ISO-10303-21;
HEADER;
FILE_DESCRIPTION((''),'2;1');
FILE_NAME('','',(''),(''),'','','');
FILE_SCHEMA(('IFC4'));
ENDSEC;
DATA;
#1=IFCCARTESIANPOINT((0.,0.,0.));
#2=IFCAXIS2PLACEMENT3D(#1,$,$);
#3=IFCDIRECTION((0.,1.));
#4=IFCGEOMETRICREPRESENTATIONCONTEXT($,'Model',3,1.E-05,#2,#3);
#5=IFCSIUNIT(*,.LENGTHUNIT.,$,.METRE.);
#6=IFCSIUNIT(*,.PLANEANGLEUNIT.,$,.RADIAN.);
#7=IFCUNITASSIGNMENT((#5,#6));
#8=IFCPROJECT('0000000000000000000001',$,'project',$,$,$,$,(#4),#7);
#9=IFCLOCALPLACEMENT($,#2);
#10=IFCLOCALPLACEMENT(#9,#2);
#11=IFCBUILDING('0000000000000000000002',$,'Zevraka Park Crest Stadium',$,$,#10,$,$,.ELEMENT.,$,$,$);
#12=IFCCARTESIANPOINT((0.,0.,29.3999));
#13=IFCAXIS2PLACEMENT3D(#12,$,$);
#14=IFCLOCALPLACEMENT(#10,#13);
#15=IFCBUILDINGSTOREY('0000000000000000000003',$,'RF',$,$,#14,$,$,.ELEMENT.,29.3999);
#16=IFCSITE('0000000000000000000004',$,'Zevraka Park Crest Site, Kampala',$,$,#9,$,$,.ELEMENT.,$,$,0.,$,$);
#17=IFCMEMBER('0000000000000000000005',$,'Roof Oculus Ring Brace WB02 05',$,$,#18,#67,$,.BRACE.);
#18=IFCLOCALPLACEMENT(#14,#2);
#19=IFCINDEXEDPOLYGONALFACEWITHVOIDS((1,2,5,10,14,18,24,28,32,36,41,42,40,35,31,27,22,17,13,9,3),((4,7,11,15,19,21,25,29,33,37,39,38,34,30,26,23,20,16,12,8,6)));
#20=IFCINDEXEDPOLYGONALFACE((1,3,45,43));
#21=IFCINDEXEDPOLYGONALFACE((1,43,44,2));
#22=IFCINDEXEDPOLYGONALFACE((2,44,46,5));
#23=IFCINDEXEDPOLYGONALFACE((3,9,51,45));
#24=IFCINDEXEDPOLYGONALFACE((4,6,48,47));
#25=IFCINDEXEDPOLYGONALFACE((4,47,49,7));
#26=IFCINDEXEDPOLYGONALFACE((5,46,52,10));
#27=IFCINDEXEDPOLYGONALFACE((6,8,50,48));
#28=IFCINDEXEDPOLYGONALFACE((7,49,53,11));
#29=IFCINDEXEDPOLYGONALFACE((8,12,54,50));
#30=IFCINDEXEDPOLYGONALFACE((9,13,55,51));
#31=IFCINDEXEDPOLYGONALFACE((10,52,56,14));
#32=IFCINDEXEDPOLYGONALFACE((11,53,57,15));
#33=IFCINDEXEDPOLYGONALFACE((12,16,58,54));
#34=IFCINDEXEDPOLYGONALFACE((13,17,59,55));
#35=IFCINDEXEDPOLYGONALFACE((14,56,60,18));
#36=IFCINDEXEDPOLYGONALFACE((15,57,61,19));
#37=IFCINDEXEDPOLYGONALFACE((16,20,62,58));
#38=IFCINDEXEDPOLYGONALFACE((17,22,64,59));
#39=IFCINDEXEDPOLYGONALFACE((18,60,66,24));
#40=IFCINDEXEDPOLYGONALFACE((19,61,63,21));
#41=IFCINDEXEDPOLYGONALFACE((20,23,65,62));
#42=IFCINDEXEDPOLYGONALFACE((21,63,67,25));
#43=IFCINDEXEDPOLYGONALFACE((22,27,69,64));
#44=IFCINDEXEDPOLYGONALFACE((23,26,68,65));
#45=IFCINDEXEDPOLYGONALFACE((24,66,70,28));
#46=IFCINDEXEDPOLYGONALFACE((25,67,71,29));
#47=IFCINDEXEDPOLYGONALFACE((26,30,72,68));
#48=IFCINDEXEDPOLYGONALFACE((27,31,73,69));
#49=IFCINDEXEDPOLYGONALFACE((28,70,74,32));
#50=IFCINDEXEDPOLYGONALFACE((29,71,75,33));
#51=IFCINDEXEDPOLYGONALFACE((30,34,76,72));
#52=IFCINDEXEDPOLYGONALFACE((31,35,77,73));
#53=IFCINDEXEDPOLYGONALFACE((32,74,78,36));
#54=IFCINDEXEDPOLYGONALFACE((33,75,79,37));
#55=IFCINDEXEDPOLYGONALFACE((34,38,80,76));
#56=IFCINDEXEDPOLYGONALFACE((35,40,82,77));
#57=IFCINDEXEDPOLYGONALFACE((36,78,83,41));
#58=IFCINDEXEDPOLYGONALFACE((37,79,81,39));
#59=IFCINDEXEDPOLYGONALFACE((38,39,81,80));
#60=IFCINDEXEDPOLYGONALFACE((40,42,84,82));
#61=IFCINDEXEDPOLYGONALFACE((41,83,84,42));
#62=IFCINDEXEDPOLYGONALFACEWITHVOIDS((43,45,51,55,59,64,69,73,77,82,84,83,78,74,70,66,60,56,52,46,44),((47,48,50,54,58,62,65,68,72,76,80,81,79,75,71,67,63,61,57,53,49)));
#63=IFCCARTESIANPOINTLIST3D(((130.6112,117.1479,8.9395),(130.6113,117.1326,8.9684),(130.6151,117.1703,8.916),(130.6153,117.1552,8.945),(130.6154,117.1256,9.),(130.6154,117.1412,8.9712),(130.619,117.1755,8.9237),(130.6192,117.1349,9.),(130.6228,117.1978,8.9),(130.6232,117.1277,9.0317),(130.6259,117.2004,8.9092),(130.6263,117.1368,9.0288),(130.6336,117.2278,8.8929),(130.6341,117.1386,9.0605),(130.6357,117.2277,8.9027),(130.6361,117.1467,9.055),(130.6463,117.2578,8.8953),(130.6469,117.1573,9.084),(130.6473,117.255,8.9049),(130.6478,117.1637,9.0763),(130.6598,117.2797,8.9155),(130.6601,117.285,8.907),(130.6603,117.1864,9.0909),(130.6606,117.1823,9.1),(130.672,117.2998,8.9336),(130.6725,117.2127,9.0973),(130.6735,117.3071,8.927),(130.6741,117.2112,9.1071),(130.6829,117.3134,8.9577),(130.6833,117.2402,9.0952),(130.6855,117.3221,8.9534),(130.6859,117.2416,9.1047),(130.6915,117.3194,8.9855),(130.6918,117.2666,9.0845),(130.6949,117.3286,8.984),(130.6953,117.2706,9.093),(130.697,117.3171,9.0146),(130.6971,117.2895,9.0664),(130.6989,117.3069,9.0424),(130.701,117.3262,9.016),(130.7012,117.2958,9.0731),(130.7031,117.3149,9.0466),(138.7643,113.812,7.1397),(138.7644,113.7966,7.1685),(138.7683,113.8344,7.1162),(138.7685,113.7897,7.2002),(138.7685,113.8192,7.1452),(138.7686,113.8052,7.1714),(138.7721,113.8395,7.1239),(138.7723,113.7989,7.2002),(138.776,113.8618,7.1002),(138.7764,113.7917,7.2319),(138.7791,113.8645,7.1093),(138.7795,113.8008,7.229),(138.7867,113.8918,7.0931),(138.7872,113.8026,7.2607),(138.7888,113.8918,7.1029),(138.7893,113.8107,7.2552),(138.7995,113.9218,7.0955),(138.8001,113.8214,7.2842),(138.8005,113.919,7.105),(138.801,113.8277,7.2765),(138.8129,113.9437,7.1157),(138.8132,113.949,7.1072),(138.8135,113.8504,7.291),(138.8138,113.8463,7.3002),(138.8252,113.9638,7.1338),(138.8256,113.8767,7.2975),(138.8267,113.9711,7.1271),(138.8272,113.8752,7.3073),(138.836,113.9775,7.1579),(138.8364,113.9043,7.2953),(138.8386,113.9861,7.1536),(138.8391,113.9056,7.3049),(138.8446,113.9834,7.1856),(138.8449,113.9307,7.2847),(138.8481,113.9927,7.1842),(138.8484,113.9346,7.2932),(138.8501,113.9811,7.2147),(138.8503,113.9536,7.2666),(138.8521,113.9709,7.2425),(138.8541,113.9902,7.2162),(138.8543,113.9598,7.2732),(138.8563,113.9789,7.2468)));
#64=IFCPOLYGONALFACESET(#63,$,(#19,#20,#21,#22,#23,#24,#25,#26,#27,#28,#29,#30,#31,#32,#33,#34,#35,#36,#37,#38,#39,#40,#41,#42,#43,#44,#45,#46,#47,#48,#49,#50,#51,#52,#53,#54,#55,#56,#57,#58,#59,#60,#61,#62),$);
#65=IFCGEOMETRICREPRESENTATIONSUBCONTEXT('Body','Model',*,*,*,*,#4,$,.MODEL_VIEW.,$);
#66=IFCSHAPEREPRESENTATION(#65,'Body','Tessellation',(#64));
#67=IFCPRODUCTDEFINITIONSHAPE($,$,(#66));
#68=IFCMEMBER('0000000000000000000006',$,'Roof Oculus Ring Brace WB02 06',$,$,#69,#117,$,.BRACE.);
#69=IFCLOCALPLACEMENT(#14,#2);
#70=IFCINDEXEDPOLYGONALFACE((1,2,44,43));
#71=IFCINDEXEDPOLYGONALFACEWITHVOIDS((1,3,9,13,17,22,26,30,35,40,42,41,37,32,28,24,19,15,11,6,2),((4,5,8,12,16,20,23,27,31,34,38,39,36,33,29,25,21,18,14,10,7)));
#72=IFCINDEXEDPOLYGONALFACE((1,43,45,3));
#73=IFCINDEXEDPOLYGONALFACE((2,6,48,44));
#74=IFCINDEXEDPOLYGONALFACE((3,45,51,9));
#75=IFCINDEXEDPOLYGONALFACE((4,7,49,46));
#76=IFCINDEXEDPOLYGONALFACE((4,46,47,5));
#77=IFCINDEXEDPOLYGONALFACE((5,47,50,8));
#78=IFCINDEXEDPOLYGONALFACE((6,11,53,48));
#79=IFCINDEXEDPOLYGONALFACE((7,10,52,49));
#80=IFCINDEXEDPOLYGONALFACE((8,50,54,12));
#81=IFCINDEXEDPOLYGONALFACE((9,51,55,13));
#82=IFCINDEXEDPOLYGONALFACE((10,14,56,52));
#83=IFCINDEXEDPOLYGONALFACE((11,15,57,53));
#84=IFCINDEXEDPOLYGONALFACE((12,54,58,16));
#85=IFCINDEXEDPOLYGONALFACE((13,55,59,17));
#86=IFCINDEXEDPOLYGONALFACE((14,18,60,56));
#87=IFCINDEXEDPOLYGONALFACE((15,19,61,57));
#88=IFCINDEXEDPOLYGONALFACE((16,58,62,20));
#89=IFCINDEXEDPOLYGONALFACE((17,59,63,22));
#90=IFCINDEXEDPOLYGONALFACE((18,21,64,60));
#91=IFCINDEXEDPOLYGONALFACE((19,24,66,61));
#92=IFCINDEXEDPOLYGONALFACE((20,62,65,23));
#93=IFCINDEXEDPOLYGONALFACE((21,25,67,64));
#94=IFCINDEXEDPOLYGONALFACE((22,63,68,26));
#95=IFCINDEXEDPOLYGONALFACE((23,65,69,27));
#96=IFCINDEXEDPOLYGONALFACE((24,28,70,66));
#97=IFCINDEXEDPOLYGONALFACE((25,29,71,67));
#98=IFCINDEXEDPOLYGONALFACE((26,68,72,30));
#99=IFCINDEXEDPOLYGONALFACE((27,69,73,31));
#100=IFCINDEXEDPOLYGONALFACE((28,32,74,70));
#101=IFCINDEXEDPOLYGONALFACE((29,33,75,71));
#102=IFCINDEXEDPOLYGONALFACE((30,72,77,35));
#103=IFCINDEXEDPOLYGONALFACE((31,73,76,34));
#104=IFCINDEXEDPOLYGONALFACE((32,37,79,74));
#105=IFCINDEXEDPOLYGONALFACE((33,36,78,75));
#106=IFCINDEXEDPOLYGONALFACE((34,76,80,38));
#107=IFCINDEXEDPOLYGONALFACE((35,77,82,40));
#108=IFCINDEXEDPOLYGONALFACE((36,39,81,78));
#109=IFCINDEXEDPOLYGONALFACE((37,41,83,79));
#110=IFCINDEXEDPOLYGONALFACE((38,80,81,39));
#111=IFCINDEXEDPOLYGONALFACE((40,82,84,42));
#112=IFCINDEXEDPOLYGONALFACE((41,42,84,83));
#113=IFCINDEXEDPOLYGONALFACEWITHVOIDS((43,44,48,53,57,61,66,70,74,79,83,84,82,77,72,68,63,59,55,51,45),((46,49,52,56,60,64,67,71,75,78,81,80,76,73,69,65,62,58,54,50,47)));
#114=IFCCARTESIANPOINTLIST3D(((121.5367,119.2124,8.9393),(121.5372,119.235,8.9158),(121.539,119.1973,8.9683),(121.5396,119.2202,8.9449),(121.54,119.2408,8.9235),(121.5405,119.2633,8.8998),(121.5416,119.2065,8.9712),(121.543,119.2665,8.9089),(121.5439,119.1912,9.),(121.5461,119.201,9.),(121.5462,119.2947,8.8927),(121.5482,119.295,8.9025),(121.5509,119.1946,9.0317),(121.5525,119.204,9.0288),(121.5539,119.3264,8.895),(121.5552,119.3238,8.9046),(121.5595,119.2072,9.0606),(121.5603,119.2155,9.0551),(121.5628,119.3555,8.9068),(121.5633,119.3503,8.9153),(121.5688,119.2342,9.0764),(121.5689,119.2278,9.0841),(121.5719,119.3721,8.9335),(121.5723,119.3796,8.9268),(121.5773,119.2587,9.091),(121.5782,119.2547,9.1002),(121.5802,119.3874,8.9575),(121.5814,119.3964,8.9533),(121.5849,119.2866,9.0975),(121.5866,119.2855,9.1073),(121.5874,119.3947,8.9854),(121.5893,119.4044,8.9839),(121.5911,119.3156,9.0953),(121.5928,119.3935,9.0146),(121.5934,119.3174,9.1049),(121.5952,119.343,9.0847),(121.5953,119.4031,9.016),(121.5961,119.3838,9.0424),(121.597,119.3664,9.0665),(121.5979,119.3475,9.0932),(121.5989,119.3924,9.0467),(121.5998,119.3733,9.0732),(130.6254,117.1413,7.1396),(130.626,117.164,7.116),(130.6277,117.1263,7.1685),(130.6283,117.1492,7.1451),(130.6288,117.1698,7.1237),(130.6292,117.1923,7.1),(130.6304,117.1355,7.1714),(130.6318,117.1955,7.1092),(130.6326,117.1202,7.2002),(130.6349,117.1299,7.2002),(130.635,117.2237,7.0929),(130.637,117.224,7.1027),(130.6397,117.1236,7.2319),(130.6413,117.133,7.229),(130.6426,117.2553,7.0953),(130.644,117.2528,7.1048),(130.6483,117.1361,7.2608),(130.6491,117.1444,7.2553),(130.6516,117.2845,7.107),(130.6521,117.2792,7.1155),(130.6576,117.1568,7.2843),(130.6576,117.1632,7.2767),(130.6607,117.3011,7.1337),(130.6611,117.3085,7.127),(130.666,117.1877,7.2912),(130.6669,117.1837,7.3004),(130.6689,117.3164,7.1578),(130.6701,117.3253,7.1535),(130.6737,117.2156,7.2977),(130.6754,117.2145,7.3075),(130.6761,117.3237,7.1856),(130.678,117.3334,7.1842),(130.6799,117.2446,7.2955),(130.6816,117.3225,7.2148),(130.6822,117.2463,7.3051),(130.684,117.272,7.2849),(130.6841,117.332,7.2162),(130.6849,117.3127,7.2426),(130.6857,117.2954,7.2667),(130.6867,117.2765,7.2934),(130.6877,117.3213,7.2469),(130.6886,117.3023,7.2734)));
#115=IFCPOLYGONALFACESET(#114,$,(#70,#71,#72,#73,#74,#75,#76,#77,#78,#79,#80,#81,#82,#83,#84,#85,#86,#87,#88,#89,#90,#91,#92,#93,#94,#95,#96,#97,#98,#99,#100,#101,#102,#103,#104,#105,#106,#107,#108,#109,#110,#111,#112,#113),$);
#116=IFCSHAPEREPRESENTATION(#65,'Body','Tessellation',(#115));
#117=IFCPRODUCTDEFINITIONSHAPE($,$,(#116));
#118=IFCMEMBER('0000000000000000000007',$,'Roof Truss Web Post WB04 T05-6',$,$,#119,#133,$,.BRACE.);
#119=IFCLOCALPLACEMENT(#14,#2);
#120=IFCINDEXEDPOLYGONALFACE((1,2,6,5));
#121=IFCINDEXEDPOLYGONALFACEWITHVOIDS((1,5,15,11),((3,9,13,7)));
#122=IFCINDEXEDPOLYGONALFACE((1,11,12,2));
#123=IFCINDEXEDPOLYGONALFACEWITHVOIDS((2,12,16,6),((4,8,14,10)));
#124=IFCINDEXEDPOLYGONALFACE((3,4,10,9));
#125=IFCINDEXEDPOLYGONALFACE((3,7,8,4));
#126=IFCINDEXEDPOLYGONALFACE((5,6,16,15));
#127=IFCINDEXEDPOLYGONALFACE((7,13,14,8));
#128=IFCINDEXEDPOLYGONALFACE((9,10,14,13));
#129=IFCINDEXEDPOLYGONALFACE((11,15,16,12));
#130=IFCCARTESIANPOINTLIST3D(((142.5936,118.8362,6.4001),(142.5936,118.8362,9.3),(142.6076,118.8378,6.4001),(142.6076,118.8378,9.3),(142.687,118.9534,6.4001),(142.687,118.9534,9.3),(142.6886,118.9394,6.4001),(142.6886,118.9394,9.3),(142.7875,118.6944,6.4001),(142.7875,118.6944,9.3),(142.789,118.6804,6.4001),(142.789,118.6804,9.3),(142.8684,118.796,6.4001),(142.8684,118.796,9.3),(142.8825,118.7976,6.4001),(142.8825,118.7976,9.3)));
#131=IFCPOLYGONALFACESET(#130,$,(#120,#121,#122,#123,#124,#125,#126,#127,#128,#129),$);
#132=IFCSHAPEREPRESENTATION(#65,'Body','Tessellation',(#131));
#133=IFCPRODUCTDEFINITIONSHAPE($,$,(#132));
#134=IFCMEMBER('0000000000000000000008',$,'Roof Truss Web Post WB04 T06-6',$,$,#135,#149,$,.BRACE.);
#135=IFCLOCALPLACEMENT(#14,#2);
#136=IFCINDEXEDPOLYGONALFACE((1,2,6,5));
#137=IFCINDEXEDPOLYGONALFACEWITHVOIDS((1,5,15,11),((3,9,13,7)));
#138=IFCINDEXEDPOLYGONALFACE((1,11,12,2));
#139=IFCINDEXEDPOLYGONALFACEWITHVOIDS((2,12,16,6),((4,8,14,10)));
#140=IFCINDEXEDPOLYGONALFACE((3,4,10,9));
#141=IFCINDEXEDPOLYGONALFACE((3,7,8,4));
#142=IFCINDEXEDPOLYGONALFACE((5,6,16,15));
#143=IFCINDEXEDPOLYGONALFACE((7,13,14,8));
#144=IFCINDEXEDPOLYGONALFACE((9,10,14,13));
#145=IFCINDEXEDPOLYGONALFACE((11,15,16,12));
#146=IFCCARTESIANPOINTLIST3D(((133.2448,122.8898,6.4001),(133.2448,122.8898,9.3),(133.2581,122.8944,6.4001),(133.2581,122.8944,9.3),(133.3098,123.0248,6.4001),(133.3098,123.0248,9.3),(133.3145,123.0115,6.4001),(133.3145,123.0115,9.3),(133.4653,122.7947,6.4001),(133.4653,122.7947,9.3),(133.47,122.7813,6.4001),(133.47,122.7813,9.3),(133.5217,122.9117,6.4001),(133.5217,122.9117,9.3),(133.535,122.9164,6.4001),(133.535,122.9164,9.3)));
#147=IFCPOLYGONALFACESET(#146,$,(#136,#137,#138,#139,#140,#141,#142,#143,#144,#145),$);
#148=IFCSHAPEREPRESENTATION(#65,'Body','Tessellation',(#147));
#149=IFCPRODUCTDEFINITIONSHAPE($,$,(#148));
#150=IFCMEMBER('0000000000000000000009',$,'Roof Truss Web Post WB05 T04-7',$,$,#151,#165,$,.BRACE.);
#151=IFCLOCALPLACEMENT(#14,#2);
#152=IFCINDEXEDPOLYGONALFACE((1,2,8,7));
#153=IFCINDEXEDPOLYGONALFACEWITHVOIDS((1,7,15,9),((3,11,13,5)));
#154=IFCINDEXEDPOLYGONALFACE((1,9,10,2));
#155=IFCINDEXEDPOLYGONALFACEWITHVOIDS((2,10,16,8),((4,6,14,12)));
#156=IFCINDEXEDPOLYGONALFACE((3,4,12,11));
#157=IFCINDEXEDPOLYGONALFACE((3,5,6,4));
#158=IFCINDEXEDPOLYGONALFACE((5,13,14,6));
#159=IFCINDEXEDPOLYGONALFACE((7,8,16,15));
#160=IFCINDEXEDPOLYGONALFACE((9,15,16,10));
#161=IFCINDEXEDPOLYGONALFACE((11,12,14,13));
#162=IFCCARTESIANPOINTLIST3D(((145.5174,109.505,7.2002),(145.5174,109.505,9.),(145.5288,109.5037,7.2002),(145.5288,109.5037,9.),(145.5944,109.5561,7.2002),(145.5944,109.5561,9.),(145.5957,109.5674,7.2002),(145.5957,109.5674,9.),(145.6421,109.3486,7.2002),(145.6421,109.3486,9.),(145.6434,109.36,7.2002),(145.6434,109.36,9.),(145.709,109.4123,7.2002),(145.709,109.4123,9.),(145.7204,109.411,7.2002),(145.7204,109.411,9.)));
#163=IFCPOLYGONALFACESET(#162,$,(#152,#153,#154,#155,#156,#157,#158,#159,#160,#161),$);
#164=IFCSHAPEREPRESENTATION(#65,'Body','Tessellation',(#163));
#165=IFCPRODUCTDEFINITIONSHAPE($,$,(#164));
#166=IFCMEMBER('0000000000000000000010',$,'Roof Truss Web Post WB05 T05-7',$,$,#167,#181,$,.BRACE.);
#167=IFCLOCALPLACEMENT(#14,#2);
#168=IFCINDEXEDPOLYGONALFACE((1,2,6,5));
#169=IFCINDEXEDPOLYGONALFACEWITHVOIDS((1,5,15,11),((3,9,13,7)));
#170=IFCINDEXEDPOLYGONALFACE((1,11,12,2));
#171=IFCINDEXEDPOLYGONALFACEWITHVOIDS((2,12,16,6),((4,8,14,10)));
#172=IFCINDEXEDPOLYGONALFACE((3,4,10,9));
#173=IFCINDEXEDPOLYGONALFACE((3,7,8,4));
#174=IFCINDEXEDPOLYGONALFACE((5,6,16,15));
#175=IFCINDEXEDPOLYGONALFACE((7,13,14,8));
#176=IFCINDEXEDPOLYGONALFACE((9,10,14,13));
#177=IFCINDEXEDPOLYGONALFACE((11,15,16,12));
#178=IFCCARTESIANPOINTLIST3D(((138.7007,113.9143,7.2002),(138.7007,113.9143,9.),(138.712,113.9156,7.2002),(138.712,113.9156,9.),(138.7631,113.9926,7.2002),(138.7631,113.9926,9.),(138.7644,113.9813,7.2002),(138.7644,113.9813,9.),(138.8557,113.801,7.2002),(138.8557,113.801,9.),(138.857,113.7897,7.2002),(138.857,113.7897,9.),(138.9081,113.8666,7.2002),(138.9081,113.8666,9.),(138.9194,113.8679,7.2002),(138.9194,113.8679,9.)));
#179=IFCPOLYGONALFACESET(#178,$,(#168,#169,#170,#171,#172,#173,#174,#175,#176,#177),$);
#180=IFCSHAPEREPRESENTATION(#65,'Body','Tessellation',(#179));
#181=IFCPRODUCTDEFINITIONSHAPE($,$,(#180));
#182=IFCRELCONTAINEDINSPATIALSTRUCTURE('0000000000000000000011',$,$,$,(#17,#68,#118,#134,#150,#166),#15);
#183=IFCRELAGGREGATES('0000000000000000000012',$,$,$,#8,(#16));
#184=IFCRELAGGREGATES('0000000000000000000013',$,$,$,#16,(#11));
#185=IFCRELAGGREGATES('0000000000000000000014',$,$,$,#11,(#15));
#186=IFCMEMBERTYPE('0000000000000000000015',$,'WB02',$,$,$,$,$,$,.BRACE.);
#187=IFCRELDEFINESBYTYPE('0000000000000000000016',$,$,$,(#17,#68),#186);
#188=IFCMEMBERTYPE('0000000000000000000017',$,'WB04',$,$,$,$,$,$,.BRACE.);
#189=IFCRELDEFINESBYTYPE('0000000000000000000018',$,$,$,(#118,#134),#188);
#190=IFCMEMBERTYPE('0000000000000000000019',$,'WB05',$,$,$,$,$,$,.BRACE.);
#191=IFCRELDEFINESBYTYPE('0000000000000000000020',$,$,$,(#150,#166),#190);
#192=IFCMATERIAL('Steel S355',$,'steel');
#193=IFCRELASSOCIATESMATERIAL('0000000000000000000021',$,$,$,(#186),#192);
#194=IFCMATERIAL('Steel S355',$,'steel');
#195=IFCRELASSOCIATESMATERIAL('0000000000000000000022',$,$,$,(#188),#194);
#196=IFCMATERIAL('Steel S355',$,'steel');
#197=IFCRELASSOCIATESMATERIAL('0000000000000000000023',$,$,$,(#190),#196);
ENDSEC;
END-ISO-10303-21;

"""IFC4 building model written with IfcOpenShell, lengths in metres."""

from ifc_helpers import new_model, si_unit, direction, frame, origin, origin_2d, place, context, subcontext, project, spatial, hollow_rectangle, hollow_circle, extrude, material, material_profile, profile_set, type_object, element, save


model = new_model("IFC4")

# Units and contexts
model_context = context("Model", 3, precision=1e-05, world=origin(), true_north=direction((0.0, 1.0)))
body_context = subcontext(model_context, "Body", "Model", "MODEL_VIEW")
ifc_project = project(units=[si_unit("LENGTHUNIT", "METRE"), si_unit("PLANEANGLEUNIT", "RADIAN")], contexts=[model_context])

# Site, building, storey
site_placement = place(None, origin())
site = spatial("IfcSite", under=ifc_project, at=site_placement, Name="Zevraka Park Crest Site, Kampala", CompositionType="ELEMENT", RefElevation=0.0)
building_placement = place(site_placement, origin())
building = spatial("IfcBuilding", under=site, at=building_placement, Name="Zevraka Park Crest Stadium", CompositionType="ELEMENT")
storey_placement = place(building_placement, frame((0.0, 0.0, 29.3999)))
storey = spatial("IfcBuildingStorey", under=building, at=storey_placement, Name="RF", CompositionType="ELEMENT", Elevation=29.3999)

# Members
ifc_material_1 = material(Name="Steel S355", Category="steel")
ifc_material_profile_1 = material_profile(ifc_material_1, hollow_circle(Radius=0.1096, WallThickness=0.01, at=origin_2d()), Name="CHS 219.1x10")
ifc_profile_set_1 = profile_set([ifc_material_profile_1], Name="Steel S355")
member_type_1 = type_object("IfcMemberType", Name="WB02", PredefinedType="BRACE", material=ifc_profile_set_1)
member_1_placement = place(storey_placement, frame((138.8101, 113.8911, 7.2002), z_axis=(-0.906791, 0.371025, 0.200176), x_axis=(-0.37869, -0.925524, 0.0)))
element("IfcMember", 1, at=member_1_placement, inside=storey, type_object=member_type_1, Name="Roof Oculus Ring Brace WB02 05", PredefinedType="BRACE", context=body_context, shape_type="SweptSolid", body=[
    extrude(hollow_circle(Radius=0.1096, WallThickness=0.01, at=origin_2d()), origin(), (0.0, 0.0, 1.0), 8.9912),
])
member_2_placement = place(storey_placement, frame((130.657, 117.2271, 7.2002), z_axis=(-0.957328, 0.218143, 0.189573), x_axis=(-0.222171, -0.975008, 0.0)))
element("IfcMember", 2, at=member_2_placement, inside=storey, type_object=member_type_1, Name="Roof Oculus Ring Brace WB02 06", PredefinedType="BRACE", context=body_context, shape_type="SweptSolid", body=[
    extrude(hollow_circle(Radius=0.1096, WallThickness=0.01, at=origin_2d()), origin(), (0.0, 0.0, 1.0), 9.4939),
])
ifc_material_2 = material(Name="Steel S355", Category="steel")
ifc_material_profile_2 = material_profile(ifc_material_2, hollow_rectangle(XDim=0.1499, YDim=0.25, WallThickness=0.01, at=origin_2d()), Name="RHS 250x150x10")
ifc_profile_set_2 = profile_set([ifc_material_profile_2], Name="Steel S355")
member_type_2 = type_object("IfcMemberType", Name="WB04", PredefinedType="BRACE", material=ifc_profile_set_2)
for number, where, z_axis, x_axis, name in (
    (3, (142.738, 118.8169, 6.4001), (0.0, 0.0, 1.0), (0.62347, 0.781847, 0.0), "Roof Truss Web Post WB04 T05-6"),
    (4, (133.3899, 122.9031, 6.4001), (0.0, 0.0, 1.0), (0.433816, 0.901001, 0.0), "Roof Truss Web Post WB04 T06-6"),
):
    element("IfcMember", number, at=place(storey_placement, frame(where, z_axis=z_axis, x_axis=x_axis)), inside=storey, type_object=member_type_2, Name=name, PredefinedType="BRACE", context=body_context, shape_type="SweptSolid", body=[
        extrude(hollow_rectangle(XDim=0.1499, YDim=0.25, WallThickness=0.01, at=origin_2d()), origin(), (0.0, 0.0, 1.0), 2.8999),
    ])
ifc_material_3 = material(Name="Steel S355", Category="steel")
ifc_material_profile_3 = material_profile(ifc_material_3, hollow_rectangle(XDim=0.1001, YDim=0.2, WallThickness=0.0081, at=origin_2d()), Name="RHS 200x100x8")
ifc_profile_set_3 = profile_set([ifc_material_profile_3], Name="Steel S355")
member_type_3 = type_object("IfcMemberType", Name="WB05", PredefinedType="BRACE", material=ifc_profile_set_3)
for number, where, z_axis, x_axis, name in (
    (5, (145.6189, 109.458, 7.2002), (0.0, 0.0, 1.0), (0.781847, 0.62347, 0.0), "Roof Truss Web Post WB05 T04-7"),
    (6, (138.8101, 113.8911, 7.2002), (0.0, 0.0, 1.0), (0.62347, 0.781847, 0.0), "Roof Truss Web Post WB05 T05-7"),
):
    element("IfcMember", number, at=place(storey_placement, frame(where, z_axis=z_axis, x_axis=x_axis)), inside=storey, type_object=member_type_3, Name=name, PredefinedType="BRACE", context=body_context, shape_type="SweptSolid", body=[
        extrude(hollow_rectangle(XDim=0.1001, YDim=0.2, WallThickness=0.0081, at=origin_2d()), origin(), (0.0, 0.0, 1.0), 1.7998),
    ])

save(model, "model.ifc")
